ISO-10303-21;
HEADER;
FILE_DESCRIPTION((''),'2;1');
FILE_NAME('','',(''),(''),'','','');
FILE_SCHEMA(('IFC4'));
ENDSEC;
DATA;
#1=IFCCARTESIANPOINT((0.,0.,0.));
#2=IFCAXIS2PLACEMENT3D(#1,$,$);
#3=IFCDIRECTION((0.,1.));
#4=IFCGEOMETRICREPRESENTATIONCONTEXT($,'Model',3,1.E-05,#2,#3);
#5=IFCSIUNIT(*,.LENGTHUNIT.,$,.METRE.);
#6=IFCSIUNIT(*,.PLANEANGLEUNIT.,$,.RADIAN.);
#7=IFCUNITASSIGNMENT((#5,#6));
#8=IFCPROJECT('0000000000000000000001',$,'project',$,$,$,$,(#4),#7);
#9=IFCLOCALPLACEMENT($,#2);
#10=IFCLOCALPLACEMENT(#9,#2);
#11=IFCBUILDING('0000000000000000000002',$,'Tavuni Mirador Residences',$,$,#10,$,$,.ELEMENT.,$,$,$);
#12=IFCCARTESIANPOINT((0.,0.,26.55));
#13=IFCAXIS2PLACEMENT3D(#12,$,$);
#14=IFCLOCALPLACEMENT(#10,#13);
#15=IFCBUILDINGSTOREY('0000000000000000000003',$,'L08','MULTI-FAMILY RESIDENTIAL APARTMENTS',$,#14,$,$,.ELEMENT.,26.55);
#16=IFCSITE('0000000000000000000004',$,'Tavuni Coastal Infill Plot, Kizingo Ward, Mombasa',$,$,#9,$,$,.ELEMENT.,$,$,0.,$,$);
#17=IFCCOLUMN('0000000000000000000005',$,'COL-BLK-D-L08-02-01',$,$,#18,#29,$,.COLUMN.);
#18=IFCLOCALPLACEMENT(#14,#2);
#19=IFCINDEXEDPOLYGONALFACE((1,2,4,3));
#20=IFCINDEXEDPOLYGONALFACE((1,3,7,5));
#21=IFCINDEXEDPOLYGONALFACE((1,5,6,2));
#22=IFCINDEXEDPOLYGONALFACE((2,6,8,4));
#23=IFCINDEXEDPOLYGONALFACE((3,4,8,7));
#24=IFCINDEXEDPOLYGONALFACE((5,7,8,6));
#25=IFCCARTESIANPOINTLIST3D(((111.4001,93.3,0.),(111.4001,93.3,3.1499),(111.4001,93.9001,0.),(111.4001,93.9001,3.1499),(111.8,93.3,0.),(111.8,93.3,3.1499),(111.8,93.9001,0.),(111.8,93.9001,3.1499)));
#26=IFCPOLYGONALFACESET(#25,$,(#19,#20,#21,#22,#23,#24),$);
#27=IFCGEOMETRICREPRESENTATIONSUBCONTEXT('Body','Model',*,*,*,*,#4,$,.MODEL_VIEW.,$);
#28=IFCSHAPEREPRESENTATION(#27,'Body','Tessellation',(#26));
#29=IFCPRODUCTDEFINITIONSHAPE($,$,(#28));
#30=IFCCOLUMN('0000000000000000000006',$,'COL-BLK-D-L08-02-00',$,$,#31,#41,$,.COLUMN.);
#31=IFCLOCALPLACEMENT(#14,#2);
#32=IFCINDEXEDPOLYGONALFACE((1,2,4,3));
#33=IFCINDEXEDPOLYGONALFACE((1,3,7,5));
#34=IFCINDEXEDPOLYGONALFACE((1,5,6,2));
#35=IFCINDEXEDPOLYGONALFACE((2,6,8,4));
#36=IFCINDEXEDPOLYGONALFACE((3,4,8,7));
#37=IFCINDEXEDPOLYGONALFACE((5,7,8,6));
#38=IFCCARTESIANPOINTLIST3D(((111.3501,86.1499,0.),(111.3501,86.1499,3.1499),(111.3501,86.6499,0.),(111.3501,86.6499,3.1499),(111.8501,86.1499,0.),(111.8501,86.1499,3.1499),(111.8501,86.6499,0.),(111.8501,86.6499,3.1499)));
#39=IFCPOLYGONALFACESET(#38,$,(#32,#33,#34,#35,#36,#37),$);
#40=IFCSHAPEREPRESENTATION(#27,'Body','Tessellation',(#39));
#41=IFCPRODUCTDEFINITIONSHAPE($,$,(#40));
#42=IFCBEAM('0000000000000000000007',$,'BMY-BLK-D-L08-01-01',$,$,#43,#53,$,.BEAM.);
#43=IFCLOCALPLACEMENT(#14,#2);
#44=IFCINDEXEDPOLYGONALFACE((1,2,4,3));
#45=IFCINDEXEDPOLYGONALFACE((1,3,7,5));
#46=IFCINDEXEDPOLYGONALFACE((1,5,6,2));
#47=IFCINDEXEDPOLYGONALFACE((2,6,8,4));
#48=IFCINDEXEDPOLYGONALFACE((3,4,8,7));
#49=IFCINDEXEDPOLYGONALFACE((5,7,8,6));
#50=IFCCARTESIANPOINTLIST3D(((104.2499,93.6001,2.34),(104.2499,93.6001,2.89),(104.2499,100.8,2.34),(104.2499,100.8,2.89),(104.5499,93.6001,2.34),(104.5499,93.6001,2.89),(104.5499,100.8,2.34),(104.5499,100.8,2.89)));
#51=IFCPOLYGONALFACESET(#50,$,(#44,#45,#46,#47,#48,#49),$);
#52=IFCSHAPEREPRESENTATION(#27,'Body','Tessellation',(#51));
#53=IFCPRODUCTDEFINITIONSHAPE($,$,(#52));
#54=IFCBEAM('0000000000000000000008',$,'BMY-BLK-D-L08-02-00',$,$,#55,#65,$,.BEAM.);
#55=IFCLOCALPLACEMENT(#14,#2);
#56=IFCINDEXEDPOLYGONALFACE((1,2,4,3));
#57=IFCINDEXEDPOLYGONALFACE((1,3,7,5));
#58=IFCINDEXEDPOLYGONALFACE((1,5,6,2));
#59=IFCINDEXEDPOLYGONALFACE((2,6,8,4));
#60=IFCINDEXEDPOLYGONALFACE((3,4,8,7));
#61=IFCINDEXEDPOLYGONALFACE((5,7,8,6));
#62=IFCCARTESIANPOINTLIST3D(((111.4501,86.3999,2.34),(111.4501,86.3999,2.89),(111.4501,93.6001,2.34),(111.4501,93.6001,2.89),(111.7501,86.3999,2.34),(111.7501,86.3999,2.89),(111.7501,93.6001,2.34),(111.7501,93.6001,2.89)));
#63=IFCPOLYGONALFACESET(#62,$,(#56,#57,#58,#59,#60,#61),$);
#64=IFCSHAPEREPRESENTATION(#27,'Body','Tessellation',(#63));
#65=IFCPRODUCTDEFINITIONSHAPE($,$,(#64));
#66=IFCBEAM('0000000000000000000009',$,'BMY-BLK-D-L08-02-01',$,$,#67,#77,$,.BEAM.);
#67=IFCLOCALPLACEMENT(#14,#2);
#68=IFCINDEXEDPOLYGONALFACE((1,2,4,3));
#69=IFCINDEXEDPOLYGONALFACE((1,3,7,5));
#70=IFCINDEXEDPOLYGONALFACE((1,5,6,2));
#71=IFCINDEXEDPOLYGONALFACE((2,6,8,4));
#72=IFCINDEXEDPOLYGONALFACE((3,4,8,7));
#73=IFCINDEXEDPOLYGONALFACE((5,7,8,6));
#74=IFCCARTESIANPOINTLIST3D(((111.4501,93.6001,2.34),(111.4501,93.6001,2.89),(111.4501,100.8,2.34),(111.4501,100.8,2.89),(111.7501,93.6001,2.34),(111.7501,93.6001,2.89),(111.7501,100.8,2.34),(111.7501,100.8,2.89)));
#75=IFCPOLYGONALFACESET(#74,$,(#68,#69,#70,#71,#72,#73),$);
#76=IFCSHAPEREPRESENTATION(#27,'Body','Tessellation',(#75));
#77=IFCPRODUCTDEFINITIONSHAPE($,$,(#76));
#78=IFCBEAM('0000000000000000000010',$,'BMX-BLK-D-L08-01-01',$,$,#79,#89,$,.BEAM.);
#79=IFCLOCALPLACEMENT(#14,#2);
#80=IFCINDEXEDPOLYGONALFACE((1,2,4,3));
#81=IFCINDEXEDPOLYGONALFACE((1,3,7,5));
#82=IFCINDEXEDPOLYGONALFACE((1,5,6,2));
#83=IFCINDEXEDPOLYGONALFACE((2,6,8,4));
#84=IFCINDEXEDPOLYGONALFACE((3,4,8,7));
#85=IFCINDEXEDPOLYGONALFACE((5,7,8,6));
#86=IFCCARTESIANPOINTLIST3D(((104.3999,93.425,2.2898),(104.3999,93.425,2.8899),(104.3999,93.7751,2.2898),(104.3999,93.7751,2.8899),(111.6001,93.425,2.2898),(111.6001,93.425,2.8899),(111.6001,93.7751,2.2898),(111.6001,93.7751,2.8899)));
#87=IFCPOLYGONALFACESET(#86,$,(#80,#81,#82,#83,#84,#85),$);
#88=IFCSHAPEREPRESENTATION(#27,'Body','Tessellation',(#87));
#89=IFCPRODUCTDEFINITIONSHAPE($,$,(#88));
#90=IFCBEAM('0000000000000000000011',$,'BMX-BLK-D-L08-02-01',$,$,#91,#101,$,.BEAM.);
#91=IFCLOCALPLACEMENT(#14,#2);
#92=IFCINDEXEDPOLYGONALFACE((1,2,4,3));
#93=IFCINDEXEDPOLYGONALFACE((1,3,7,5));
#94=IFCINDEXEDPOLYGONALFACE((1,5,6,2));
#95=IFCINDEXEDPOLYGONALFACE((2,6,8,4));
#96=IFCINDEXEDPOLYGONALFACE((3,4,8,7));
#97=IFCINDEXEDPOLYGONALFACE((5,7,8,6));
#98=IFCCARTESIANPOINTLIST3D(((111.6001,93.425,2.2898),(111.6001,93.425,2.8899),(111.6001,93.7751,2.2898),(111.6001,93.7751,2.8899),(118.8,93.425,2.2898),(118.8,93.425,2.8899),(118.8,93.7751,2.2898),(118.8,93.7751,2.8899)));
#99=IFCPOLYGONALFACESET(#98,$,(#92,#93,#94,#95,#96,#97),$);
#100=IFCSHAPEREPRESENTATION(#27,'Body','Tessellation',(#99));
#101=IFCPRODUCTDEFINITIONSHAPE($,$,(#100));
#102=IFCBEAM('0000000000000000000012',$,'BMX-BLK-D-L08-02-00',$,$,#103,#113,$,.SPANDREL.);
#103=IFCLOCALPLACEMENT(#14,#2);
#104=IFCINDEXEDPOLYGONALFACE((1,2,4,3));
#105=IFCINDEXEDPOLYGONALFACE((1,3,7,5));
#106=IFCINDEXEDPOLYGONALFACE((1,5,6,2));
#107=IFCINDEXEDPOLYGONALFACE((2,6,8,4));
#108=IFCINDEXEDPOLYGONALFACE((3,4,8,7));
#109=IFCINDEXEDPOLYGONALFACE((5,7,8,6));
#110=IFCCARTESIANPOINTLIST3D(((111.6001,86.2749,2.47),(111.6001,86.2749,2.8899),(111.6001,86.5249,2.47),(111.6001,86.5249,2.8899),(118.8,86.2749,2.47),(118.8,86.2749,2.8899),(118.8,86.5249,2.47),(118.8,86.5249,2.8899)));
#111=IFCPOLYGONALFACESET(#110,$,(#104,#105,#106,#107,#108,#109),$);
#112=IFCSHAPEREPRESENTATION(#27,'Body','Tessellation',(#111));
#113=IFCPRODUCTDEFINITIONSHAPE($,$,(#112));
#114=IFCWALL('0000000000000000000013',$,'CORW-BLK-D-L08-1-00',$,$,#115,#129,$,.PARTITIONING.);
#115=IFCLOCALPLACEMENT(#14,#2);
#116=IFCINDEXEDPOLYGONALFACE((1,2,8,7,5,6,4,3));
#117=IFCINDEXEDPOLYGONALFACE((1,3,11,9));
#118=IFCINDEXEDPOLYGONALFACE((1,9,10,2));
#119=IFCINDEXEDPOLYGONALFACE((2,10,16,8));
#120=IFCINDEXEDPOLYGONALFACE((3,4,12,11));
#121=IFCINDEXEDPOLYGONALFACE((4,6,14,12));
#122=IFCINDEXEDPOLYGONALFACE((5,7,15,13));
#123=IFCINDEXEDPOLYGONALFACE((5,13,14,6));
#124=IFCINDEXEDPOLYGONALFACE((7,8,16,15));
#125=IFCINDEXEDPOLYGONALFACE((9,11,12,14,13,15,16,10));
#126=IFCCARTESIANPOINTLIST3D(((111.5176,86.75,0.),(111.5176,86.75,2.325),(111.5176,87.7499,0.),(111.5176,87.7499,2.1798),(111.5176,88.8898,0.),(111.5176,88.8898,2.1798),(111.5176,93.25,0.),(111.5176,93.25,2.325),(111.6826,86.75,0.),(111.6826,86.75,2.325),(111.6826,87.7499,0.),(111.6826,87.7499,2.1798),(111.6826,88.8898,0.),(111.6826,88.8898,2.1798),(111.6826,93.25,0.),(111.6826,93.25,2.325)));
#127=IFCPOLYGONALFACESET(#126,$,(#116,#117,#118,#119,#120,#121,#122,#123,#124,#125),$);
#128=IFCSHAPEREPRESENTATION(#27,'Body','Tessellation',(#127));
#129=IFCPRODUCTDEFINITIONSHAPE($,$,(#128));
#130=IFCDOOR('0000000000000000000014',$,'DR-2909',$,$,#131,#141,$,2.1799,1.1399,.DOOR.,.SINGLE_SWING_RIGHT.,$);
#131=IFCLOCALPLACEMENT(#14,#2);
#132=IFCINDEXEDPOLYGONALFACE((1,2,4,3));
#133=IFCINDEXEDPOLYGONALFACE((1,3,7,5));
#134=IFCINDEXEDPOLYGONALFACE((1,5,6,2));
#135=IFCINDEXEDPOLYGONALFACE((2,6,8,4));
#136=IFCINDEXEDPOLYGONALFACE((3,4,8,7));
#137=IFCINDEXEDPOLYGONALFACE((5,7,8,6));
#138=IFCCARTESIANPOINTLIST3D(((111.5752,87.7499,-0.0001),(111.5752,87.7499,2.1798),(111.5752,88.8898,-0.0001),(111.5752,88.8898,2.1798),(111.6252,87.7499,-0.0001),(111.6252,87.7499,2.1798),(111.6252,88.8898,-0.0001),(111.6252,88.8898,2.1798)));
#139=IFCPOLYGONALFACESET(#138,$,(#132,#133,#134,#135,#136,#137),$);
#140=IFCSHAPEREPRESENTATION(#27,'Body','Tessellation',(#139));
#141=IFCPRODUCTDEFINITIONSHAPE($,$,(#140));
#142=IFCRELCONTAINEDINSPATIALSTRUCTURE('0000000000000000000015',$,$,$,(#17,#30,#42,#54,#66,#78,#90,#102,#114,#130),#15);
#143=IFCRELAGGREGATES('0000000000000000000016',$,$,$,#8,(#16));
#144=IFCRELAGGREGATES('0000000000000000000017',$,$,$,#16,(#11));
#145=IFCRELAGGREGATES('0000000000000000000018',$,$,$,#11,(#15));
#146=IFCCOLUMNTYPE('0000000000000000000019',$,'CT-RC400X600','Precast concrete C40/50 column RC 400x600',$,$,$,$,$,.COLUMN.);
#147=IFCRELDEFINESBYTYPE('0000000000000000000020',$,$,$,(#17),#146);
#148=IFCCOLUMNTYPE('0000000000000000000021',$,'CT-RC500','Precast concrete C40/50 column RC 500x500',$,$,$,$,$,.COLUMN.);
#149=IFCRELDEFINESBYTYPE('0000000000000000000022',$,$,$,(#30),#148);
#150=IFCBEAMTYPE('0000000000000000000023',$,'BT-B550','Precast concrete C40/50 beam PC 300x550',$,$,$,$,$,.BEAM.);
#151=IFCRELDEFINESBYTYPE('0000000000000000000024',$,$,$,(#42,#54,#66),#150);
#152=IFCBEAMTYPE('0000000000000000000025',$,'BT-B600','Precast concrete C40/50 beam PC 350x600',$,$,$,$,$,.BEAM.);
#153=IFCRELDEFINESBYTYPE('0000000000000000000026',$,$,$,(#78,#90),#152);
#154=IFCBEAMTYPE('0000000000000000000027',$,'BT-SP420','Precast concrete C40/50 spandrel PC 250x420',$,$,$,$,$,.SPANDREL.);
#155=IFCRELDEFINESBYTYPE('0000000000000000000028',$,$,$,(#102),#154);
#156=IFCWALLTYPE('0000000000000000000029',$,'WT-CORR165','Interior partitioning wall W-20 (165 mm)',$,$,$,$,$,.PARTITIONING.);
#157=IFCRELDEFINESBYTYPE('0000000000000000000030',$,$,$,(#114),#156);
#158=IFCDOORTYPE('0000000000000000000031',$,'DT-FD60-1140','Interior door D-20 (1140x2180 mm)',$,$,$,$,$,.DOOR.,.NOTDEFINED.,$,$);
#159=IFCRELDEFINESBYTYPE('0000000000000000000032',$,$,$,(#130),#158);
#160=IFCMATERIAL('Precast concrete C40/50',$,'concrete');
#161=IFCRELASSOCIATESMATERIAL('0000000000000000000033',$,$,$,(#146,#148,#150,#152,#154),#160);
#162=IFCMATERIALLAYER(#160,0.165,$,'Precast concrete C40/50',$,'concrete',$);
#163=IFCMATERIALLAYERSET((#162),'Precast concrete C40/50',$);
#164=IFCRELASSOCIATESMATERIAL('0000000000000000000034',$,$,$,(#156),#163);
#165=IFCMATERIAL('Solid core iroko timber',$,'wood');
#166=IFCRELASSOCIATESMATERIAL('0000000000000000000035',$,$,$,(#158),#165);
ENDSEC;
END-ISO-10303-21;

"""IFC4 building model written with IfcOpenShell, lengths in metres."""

from ifc_helpers import new_model, si_unit, direction, frame, frame_2d, origin, origin_2d, place, context, subcontext, project, spatial, rectangle, extrude, material, layer, layer_set, material_profile, profile_set, type_object, element, fill, save


model = new_model("IFC4")

# Units and contexts
model_context = context("Model", 3, precision=1e-05, world=origin(), true_north=direction((0.0, 1.0)))
body_context = subcontext(model_context, "Body", "Model", "MODEL_VIEW")
ifc_project = project(units=[si_unit("LENGTHUNIT", "METRE"), si_unit("PLANEANGLEUNIT", "RADIAN")], contexts=[model_context])

# Site, building, storey
site_placement = place(None, origin())
site = spatial("IfcSite", under=ifc_project, at=site_placement, Name="Tavuni Coastal Infill Plot, Kizingo Ward, Mombasa", CompositionType="ELEMENT", RefElevation=0.0)
building_placement = place(site_placement, origin())
building = spatial("IfcBuilding", under=site, at=building_placement, Name="Tavuni Mirador Residences", CompositionType="ELEMENT")
storey_placement = place(building_placement, frame((0.0, 0.0, 26.55)))
storey = spatial("IfcBuildingStorey", under=building, at=storey_placement, Name="L08", Description="MULTI-FAMILY RESIDENTIAL APARTMENTS", CompositionType="ELEMENT", Elevation=26.55)

# Columns
ifc_material_1 = material(Name="Precast concrete C40/50", Category="concrete")
ifc_material_profile_1 = material_profile(ifc_material_1, rectangle(XDim=0.3999, YDim=0.6001, at=origin_2d()), Name="RC 400x600", Category="concrete")
ifc_profile_set_1 = profile_set([ifc_material_profile_1], Name="Precast concrete C40/50")
column_type_1 = type_object("IfcColumnType", Name="CT-RC400X600", Description="Precast concrete C40/50 column RC 400x600", PredefinedType="COLUMN", material=ifc_profile_set_1)
column_1_placement = place(storey_placement, frame((111.6001, 93.6001, 0.0), z_axis=(0.0, 0.0, 1.0), x_axis=(1.0, 0.0, 0.0)))
element("IfcColumn", 1, at=column_1_placement, inside=storey, type_object=column_type_1, Name="COL-BLK-D-L08-02-01", PredefinedType="COLUMN", context=body_context, shape_type="SweptSolid", body=[
    extrude(rectangle(XDim=0.3999, YDim=0.6001, at=origin_2d()), origin(), (0.0, 0.0, 1.0), 3.1499),
])
ifc_material_profile_2 = material_profile(ifc_material_1, rectangle(XDim=0.5, YDim=0.5, at=origin_2d()), Name="RC 500x500", Category="concrete")
ifc_profile_set_2 = profile_set([ifc_material_profile_2], Name="Precast concrete C40/50")
column_type_2 = type_object("IfcColumnType", Name="CT-RC500", Description="Precast concrete C40/50 column RC 500x500", PredefinedType="COLUMN", material=ifc_profile_set_2)
column_2_placement = place(storey_placement, frame((111.6001, 86.3999, 0.0), z_axis=(0.0, 0.0, 1.0), x_axis=(1.0, 0.0, 0.0)))
element("IfcColumn", 2, at=column_2_placement, inside=storey, type_object=column_type_2, Name="COL-BLK-D-L08-02-00", PredefinedType="COLUMN", context=body_context, shape_type="SweptSolid", body=[
    extrude(rectangle(XDim=0.5, YDim=0.5, at=origin_2d()), origin(), (0.0, 0.0, 1.0), 3.1499),
])

# Beams
ifc_material_profile_3 = material_profile(ifc_material_1, rectangle(XDim=0.3, YDim=0.55, at=origin_2d()), Name="PC 300x550", Category="concrete")
ifc_profile_set_3 = profile_set([ifc_material_profile_3], Name="Precast concrete C40/50")
beam_type_1 = type_object("IfcBeamType", Name="BT-B550", Description="Precast concrete C40/50 beam PC 300x550", PredefinedType="BEAM", material=ifc_profile_set_3)
beam_1_placement = place(storey_placement, frame((104.3999, 93.6001, 2.615), z_axis=(0.0, 1.0, 0.0), x_axis=(-1.0, 0.0, 0.0)))
element("IfcBeam", 3, at=beam_1_placement, inside=storey, type_object=beam_type_1, Name="BMY-BLK-D-L08-01-01", PredefinedType="BEAM", context=body_context, shape_type="SweptSolid", body=[
    extrude(rectangle(XDim=0.3, YDim=0.55, at=origin_2d()), origin(), (0.0, 0.0, 1.0), 7.2),
])
beam_2_placement = place(storey_placement, frame((111.6001, 86.3999, 2.615), z_axis=(0.0, 1.0, 0.0), x_axis=(-1.0, 0.0, 0.0)))
element("IfcBeam", 4, at=beam_2_placement, inside=storey, type_object=beam_type_1, Name="BMY-BLK-D-L08-02-00", PredefinedType="BEAM", context=body_context, shape_type="SweptSolid", body=[
    extrude(rectangle(XDim=0.3, YDim=0.55, at=origin_2d()), origin(), (0.0, 0.0, 1.0), 7.2002),
])
beam_3_placement = place(storey_placement, frame((111.6001, 93.6001, 2.615), z_axis=(0.0, 1.0, 0.0), x_axis=(-1.0, 0.0, 0.0)))
element("IfcBeam", 5, at=beam_3_placement, inside=storey, type_object=beam_type_1, Name="BMY-BLK-D-L08-02-01", PredefinedType="BEAM", context=body_context, shape_type="SweptSolid", body=[
    extrude(rectangle(XDim=0.3, YDim=0.55, at=origin_2d()), origin(), (0.0, 0.0, 1.0), 7.2),
])
ifc_material_profile_4 = material_profile(ifc_material_1, rectangle(XDim=0.3501, YDim=0.6001, at=origin_2d()), Name="PC 350x600", Category="concrete")
ifc_profile_set_4 = profile_set([ifc_material_profile_4], Name="Precast concrete C40/50")
beam_type_2 = type_object("IfcBeamType", Name="BT-B600", Description="Precast concrete C40/50 beam PC 350x600", PredefinedType="BEAM", material=ifc_profile_set_4)
beam_4_placement = place(storey_placement, frame((104.3999, 93.6001, 2.5898), z_axis=(1.0, 0.0, 0.0), x_axis=(0.0, 1.0, 0.0)))
element("IfcBeam", 6, at=beam_4_placement, inside=storey, type_object=beam_type_2, Name="BMX-BLK-D-L08-01-01", PredefinedType="BEAM", context=body_context, shape_type="SweptSolid", body=[
    extrude(rectangle(XDim=0.3501, YDim=0.6001, at=origin_2d()), origin(), (0.0, 0.0, 1.0), 7.2002),
])
beam_5_placement = place(storey_placement, frame((111.6001, 93.6001, 2.5898), z_axis=(1.0, 0.0, 0.0), x_axis=(0.0, 1.0, 0.0)))
element("IfcBeam", 7, at=beam_5_placement, inside=storey, type_object=beam_type_2, Name="BMX-BLK-D-L08-02-01", PredefinedType="BEAM", context=body_context, shape_type="SweptSolid", body=[
    extrude(rectangle(XDim=0.3501, YDim=0.6001, at=origin_2d()), origin(), (0.0, 0.0, 1.0), 7.2),
])
ifc_material_profile_5 = material_profile(ifc_material_1, rectangle(XDim=0.25, YDim=0.4199, at=origin_2d()), Name="PC 250x420", Category="concrete")
ifc_profile_set_5 = profile_set([ifc_material_profile_5], Name="Precast concrete C40/50")
beam_type_3 = type_object("IfcBeamType", Name="BT-SP420", Description="Precast concrete C40/50 spandrel PC 250x420", PredefinedType="SPANDREL", material=ifc_profile_set_5)
beam_6_placement = place(storey_placement, frame((111.6001, 86.3999, 2.6799), z_axis=(1.0, 0.0, 0.0), x_axis=(0.0, 1.0, 0.0)))
element("IfcBeam", 8, at=beam_6_placement, inside=storey, type_object=beam_type_3, Name="BMX-BLK-D-L08-02-00", PredefinedType="SPANDREL", context=body_context, shape_type="SweptSolid", body=[
    extrude(rectangle(XDim=0.25, YDim=0.4199, at=origin_2d()), origin(), (0.0, 0.0, 1.0), 7.2),
])

# Wall, opening, door
ifc_material_2 = material(Name="Solid core iroko timber", Category="wood")
ifc_layer_1 = layer(ifc_material_1, 0.165, Name="Precast concrete C40/50", Category="concrete")
ifc_layer_set_1 = layer_set([ifc_layer_1], Name="Precast concrete C40/50")
wall_type_1 = type_object("IfcWallType", Name="WT-CORR165", Description="Interior partitioning wall W-20 (165 mm)", PredefinedType="PARTITIONING", material=ifc_layer_set_1)
wall_1_placement = place(storey_placement, frame((111.6001, 86.75, 0.0), z_axis=(0.0, 0.0, 1.0), x_axis=(0.0, 1.0, 0.0)))
wall_1 = element("IfcWall", 9, at=wall_1_placement, inside=storey, type_object=wall_type_1, Name="CORW-BLK-D-L08-1-00", PredefinedType="PARTITIONING", context=body_context, shape_type="SweptSolid", body=[
    extrude(rectangle(XDim=6.5, YDim=0.165, at=frame_2d((3.25, 0.0))), origin(), (0.0, 0.0, 1.0), 2.325),
])
opening_1_placement = place(wall_1_placement, frame((1.0, 0.0, 0.0)))
opening_1 = element("IfcOpeningElement", 10, at=opening_1_placement, cuts=wall_1, PredefinedType="OPENING", context=body_context, shape_type="SweptSolid", body=[
    extrude(rectangle(XDim=1.1399, YDim=2.1799, at=frame_2d((0.5698, 1.0898))), frame((0.0, 0.0925, 0.0), z_axis=(0.0, -1.0, 0.0), x_axis=(1.0, 0.0, 0.0)), (0.0, 0.0, 1.0), 0.1851),
])
door_type_1 = type_object("IfcDoorType", Name="DT-FD60-1140", Description="Interior door D-20 (1140x2180 mm)", OperationType="NOTDEFINED", PredefinedType="DOOR", material=ifc_material_2)
door_1_placement = place(opening_1_placement, origin())
door_1 = element("IfcDoor", 11, at=door_1_placement, inside=storey, type_object=door_type_1, Name="DR-2909", OperationType="SINGLE_SWING_RIGHT", OverallHeight=2.1799, OverallWidth=1.1399, PredefinedType="DOOR", context=body_context, shape_type="SweptSolid", body=[
    extrude(rectangle(XDim=1.1399, YDim=2.1799, at=frame_2d((0.5698, 1.0898))), frame((0.0, 0.0249, 0.0), z_axis=(0.0, -1.0, 0.0), x_axis=(1.0, 0.0, 0.0)), (0.0, 0.0, 1.0), 0.05),
])
fill(opening_1, door_1)

save(model, "model.ifc")
